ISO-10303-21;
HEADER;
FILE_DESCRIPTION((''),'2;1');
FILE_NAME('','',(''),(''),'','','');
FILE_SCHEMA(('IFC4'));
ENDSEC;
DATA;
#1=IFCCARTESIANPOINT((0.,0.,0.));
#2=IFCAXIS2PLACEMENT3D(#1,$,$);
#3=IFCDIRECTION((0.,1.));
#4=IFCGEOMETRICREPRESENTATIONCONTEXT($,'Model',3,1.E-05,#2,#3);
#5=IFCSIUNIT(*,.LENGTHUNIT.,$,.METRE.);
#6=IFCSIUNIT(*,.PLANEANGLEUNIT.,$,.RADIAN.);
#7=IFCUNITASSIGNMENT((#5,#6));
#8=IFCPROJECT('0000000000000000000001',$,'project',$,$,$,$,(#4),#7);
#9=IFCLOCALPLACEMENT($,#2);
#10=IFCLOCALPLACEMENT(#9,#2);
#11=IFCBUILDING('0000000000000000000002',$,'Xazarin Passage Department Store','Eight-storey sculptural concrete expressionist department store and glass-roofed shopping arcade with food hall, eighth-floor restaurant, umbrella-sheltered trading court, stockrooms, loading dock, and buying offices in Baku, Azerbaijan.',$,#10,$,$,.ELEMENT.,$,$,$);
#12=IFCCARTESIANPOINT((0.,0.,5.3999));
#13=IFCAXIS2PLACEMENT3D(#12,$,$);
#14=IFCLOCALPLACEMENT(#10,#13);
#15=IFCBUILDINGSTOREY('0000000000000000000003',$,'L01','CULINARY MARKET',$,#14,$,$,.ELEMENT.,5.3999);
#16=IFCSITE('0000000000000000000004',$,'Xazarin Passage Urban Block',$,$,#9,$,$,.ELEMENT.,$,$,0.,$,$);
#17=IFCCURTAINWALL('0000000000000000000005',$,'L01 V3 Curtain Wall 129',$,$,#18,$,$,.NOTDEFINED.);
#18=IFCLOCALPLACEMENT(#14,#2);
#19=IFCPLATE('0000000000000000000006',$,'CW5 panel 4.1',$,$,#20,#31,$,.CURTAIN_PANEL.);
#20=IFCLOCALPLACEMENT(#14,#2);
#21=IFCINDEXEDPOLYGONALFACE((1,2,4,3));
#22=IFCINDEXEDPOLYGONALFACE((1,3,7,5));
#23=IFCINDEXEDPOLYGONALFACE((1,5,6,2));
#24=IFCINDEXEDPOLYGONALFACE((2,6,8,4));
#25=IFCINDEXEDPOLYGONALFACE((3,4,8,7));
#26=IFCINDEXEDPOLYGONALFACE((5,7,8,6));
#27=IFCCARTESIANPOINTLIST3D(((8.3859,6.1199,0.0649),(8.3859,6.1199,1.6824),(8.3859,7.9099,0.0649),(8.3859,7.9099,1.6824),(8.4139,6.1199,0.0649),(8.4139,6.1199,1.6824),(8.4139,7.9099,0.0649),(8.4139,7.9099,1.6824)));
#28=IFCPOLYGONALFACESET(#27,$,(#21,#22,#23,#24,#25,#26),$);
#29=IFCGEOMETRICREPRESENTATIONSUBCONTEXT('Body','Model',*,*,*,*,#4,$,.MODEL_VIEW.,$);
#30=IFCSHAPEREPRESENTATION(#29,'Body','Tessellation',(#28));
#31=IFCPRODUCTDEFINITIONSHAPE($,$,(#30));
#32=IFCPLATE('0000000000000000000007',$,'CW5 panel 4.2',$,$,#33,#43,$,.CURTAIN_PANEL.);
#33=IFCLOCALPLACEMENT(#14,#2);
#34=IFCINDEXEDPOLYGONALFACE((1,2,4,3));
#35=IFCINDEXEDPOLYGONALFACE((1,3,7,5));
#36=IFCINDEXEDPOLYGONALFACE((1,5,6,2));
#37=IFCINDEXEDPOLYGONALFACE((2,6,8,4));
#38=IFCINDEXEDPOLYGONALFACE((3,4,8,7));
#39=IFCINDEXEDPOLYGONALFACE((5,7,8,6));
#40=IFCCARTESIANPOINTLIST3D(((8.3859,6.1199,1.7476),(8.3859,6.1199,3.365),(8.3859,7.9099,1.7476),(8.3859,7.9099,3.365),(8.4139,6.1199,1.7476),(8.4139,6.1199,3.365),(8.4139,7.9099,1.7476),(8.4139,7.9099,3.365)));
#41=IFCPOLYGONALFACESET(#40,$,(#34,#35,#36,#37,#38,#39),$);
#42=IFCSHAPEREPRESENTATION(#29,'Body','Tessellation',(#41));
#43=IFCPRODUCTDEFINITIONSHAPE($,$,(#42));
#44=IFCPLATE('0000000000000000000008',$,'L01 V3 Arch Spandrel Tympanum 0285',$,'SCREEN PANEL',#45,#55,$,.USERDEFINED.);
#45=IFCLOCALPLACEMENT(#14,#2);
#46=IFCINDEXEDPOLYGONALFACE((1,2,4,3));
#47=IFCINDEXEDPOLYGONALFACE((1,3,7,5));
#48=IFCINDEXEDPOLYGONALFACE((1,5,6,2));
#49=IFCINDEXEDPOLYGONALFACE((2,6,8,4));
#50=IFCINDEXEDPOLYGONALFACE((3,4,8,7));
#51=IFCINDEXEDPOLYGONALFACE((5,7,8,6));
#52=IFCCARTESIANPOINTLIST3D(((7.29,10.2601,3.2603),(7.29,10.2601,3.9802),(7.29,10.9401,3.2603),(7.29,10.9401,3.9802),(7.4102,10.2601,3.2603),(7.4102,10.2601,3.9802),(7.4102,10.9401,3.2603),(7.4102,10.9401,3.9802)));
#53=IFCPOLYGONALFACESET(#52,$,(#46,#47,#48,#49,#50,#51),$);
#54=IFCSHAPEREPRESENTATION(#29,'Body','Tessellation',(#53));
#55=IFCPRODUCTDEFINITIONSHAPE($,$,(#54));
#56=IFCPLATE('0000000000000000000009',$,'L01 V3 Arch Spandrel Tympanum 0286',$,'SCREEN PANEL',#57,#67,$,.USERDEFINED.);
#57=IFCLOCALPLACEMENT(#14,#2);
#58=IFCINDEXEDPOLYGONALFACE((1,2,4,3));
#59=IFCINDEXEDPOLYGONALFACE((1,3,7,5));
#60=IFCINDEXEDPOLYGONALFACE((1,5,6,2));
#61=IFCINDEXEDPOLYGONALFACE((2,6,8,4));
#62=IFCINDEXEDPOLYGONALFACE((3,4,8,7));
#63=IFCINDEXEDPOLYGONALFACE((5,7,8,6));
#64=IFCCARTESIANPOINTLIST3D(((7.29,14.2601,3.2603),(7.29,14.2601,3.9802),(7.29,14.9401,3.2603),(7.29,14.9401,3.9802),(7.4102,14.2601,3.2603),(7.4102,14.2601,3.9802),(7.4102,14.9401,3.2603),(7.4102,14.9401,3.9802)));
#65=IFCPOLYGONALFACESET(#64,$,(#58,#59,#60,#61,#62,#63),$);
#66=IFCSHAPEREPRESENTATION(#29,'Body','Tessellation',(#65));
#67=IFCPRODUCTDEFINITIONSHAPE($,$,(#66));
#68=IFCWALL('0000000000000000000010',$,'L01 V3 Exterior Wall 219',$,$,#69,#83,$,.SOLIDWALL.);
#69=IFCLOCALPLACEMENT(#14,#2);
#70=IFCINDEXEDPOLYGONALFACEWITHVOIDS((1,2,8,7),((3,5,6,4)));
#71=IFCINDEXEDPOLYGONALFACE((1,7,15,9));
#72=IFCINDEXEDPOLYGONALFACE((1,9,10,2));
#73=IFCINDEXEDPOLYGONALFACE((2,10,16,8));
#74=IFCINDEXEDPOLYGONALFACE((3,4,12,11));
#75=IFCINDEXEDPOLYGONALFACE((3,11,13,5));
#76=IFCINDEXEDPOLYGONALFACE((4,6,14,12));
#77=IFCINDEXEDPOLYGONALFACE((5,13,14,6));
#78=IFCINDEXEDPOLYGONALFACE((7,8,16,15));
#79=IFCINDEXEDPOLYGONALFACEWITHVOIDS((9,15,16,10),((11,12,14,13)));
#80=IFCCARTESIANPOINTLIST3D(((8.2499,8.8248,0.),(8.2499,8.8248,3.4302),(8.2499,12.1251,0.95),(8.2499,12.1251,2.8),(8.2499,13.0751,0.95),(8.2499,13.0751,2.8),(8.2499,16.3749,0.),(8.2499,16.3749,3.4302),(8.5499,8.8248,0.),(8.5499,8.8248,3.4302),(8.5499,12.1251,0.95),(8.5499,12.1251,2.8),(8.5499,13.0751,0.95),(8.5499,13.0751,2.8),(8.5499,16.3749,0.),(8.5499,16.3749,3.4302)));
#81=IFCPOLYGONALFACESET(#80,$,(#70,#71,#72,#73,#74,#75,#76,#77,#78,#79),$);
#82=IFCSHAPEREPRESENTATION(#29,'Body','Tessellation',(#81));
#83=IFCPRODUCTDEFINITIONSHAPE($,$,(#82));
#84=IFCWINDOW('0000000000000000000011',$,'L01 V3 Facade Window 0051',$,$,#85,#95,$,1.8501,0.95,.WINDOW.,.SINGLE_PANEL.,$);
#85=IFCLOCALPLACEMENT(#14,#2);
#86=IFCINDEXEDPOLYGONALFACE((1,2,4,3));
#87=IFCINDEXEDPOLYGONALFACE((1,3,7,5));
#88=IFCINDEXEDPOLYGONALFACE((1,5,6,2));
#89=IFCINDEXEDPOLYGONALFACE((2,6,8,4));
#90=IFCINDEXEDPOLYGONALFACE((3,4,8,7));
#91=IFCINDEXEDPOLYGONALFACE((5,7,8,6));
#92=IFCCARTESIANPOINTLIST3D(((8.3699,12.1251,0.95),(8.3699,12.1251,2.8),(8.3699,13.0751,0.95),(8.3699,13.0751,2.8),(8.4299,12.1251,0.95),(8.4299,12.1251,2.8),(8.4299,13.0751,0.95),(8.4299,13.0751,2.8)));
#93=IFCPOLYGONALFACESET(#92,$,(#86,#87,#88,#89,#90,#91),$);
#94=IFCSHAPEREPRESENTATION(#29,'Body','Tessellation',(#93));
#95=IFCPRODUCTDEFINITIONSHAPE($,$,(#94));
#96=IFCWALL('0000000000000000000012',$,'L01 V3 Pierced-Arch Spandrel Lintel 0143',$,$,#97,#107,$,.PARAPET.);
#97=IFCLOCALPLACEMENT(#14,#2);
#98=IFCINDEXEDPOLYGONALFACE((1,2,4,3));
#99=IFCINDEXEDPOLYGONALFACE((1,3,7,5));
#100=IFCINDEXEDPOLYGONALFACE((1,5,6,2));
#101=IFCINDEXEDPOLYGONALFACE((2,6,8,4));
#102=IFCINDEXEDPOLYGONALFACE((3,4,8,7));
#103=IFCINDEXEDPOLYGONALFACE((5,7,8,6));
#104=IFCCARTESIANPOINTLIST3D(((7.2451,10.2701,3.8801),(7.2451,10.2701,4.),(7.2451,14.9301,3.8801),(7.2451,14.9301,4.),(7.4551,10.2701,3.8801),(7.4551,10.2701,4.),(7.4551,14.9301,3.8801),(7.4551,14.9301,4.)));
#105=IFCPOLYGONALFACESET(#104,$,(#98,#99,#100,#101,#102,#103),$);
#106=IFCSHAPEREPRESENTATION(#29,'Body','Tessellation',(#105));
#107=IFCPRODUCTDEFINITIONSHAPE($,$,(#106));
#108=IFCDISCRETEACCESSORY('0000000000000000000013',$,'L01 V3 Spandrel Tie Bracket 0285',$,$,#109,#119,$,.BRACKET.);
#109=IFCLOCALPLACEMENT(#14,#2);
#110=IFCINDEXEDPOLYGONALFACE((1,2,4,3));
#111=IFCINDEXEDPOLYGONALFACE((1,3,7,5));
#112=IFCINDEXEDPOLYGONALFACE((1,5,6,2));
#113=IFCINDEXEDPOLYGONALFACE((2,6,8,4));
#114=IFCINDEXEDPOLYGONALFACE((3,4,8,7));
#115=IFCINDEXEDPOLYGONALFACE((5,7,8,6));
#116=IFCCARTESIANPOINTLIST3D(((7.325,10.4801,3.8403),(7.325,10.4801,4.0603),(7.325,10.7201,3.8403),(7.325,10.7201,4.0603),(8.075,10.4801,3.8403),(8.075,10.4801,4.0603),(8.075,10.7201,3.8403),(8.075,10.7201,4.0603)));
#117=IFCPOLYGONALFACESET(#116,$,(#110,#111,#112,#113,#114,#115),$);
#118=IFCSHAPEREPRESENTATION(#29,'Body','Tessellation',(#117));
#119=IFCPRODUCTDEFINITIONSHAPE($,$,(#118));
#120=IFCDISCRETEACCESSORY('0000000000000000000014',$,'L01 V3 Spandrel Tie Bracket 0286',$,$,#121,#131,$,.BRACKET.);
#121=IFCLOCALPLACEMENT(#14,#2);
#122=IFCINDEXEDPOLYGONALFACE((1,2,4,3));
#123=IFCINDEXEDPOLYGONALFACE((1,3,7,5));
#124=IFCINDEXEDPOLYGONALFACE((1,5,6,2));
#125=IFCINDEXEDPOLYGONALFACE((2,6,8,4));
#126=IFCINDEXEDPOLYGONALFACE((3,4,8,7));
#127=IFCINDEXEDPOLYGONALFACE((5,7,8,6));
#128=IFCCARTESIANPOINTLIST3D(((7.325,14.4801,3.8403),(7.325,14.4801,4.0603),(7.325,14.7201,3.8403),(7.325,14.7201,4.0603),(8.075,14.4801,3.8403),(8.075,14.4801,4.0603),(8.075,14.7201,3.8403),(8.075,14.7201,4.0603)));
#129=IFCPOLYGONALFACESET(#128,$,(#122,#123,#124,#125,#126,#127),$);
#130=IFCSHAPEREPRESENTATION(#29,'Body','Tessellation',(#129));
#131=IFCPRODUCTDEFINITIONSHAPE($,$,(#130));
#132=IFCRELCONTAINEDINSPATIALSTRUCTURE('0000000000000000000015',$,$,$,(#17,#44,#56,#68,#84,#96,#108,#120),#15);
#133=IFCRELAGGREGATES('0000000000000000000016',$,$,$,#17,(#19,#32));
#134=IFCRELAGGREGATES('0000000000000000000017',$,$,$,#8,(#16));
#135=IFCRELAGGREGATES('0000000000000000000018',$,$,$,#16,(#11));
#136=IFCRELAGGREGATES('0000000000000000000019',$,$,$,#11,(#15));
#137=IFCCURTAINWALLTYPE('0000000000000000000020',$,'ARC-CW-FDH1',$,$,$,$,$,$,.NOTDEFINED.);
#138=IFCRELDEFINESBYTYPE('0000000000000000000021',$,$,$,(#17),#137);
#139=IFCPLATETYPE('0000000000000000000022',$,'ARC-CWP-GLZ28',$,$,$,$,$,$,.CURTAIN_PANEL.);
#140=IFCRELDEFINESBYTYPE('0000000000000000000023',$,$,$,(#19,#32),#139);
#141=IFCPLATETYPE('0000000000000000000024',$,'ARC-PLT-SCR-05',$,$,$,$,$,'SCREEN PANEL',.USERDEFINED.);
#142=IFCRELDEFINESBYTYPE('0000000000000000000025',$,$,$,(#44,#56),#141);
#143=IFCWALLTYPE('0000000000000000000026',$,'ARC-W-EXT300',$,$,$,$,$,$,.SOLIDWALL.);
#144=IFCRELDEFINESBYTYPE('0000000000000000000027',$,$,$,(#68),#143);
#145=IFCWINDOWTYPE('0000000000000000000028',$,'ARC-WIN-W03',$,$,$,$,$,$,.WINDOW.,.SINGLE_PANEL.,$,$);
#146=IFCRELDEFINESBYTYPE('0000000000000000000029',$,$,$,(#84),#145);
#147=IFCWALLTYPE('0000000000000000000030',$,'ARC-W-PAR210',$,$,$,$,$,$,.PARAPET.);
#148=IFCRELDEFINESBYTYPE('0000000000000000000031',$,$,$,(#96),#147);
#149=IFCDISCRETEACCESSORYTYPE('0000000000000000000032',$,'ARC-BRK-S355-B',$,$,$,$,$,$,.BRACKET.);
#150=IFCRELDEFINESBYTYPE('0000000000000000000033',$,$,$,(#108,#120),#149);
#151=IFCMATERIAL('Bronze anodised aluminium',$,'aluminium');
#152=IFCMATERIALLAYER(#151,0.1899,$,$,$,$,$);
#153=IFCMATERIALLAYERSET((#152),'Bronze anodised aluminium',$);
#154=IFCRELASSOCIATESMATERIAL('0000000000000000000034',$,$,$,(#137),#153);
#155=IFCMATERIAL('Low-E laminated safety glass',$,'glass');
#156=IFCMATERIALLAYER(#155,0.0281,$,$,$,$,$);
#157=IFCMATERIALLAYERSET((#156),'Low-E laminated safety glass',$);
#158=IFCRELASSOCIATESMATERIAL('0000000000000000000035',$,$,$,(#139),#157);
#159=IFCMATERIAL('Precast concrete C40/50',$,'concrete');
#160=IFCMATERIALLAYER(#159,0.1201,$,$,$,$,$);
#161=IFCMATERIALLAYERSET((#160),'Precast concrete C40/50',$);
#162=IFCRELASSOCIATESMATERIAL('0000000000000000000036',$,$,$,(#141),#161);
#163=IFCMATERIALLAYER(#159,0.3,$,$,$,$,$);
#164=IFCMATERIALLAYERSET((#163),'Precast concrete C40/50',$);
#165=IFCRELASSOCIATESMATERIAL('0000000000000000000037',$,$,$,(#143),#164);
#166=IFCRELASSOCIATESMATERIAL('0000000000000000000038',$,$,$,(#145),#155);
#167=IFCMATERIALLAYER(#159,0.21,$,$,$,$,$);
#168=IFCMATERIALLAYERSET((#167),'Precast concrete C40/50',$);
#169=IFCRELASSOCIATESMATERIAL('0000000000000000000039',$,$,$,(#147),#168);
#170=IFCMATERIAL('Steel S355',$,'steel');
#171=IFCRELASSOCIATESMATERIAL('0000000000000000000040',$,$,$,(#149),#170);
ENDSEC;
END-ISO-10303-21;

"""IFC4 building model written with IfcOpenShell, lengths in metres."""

from ifc_helpers import new_model, si_unit, direction, frame, frame_2d, origin, origin_2d, place, context, subcontext, project, spatial, rectangle, extrude, material, layer, layer_set, type_object, element, fill, aggregate, save


model = new_model("IFC4")

# Units and contexts
model_context = context("Model", 3, precision=1e-05, world=origin(), true_north=direction((0.0, 1.0)))
body_context = subcontext(model_context, "Body", "Model", "MODEL_VIEW")
ifc_project = project(units=[si_unit("LENGTHUNIT", "METRE"), si_unit("PLANEANGLEUNIT", "RADIAN")], contexts=[model_context])

# Site, building, storey
site_placement = place(None, origin())
site = spatial("IfcSite", under=ifc_project, at=site_placement, Name="Xazarin Passage Urban Block", CompositionType="ELEMENT", RefElevation=0.0)
building_placement = place(site_placement, origin())
building = spatial("IfcBuilding", under=site, at=building_placement, Name="Xazarin Passage Department Store", Description="Eight-storey sculptural concrete expressionist department store and glass-roofed shopping arcade with food hall, eighth-floor restaurant, umbrella-sheltered trading court, stockrooms, loading dock, and buying offices in Baku, Azerbaijan.", CompositionType="ELEMENT")
storey_placement = place(building_placement, frame((0.0, 0.0, 5.3999)))
storey = spatial("IfcBuildingStorey", under=building, at=storey_placement, Name="L01", Description="CULINARY MARKET", CompositionType="ELEMENT", Elevation=5.3999)

# Curtain wall
ifc_material_1 = material(Name="Bronze anodised aluminium", Category="aluminium")
ifc_layer_1 = layer(ifc_material_1, 0.1899)
ifc_layer_set_1 = layer_set([ifc_layer_1], Name="Bronze anodised aluminium")
curtain_wall_type = type_object("IfcCurtainWallType", Name="ARC-CW-FDH1", PredefinedType="NOTDEFINED", material=ifc_layer_set_1)
curtain_wall_placement = place(storey_placement, origin())
curtain_wall = element("IfcCurtainWall", 1, at=curtain_wall_placement, inside=storey, type_object=curtain_wall_type, Name="L01 V3 Curtain Wall 129", PredefinedType="NOTDEFINED")

# Plates
ifc_material_2 = material(Name="Low-E laminated safety glass", Category="glass")
ifc_layer_2 = layer(ifc_material_2, 0.0281)
ifc_layer_set_2 = layer_set([ifc_layer_2], Name="Low-E laminated safety glass")
plate_type_1 = type_object("IfcPlateType", Name="ARC-CWP-GLZ28", PredefinedType="CURTAIN_PANEL", material=ifc_layer_set_2)
plate_1_placement = place(storey_placement, frame((8.3999, 7.0149, 0.0649), z_axis=(0.0, 0.0, 1.0), x_axis=(0.0, 1.0, 0.0)))
plate_1 = element("IfcPlate", 2, at=plate_1_placement, type_object=plate_type_1, Name="CW5 panel 4.1", PredefinedType="CURTAIN_PANEL", context=body_context, shape_type="SweptSolid", body=[
    extrude(rectangle(XDim=1.79, YDim=0.0281, at=origin_2d()), origin(), (0.0, 0.0, 1.0), 1.6174),
])
plate_2_placement = place(storey_placement, frame((8.3999, 7.0149, 1.7476), z_axis=(0.0, 0.0, 1.0), x_axis=(0.0, 1.0, 0.0)))
plate_2 = element("IfcPlate", 3, at=plate_2_placement, type_object=plate_type_1, Name="CW5 panel 4.2", PredefinedType="CURTAIN_PANEL", context=body_context, shape_type="SweptSolid", body=[
    extrude(rectangle(XDim=1.79, YDim=0.0281, at=origin_2d()), origin(), (0.0, 0.0, 1.0), 1.6174),
])
aggregate(curtain_wall, [plate_1, plate_2])

# Plates
ifc_material_3 = material(Name="Precast concrete C40/50", Category="concrete")
ifc_layer_3 = layer(ifc_material_3, 0.1201)
ifc_layer_set_3 = layer_set([ifc_layer_3], Name="Precast concrete C40/50")
plate_type_2 = type_object("IfcPlateType", Name="ARC-PLT-SCR-05", ElementType="SCREEN PANEL", PredefinedType="USERDEFINED", material=ifc_layer_set_3)
for number, where, z_axis, x_axis, name in (
    (4, (7.3501, 10.6001, 3.2603), (0.0, 0.0, 1.0), (0.0, 1.0, 0.0), "L01 V3 Arch Spandrel Tympanum 0285"),
    (5, (7.3501, 14.6001, 3.2603), (0.0, 0.0, 1.0), (0.0, 1.0, 0.0), "L01 V3 Arch Spandrel Tympanum 0286"),
):
    element("IfcPlate", number, at=place(storey_placement, frame(where, z_axis=z_axis, x_axis=x_axis)), inside=storey, type_object=plate_type_2, Name=name, ObjectType="SCREEN PANEL", PredefinedType="USERDEFINED", context=body_context, shape_type="SweptSolid", body=[
        extrude(rectangle(XDim=0.6799, YDim=0.1201, at=origin_2d()), origin(), (0.0, 0.0, 1.0), 0.72),
    ])

# Wall, opening, window
ifc_layer_4 = layer(ifc_material_3, 0.3)
ifc_layer_set_4 = layer_set([ifc_layer_4], Name="Precast concrete C40/50")
wall_type_1 = type_object("IfcWallType", Name="ARC-W-EXT300", PredefinedType="SOLIDWALL", material=ifc_layer_set_4)
wall_1_placement = place(storey_placement, frame((8.3999, 8.825, 0.0), z_axis=(0.0, 0.0, 1.0), x_axis=(0.0, 1.0, 0.0)))
wall_1 = element("IfcWall", 6, at=wall_1_placement, inside=storey, type_object=wall_type_1, Name="L01 V3 Exterior Wall 219", PredefinedType="SOLIDWALL", context=body_context, shape_type="SweptSolid", body=[
    extrude(rectangle(XDim=7.55, YDim=0.3, at=frame_2d((3.7749, 0.0))), origin(), (0.0, 0.0, 1.0), 3.4302),
])
opening_placement = place(wall_1_placement, frame((3.3, 0.0, 0.95)))
opening = element("IfcOpeningElement", 7, at=opening_placement, cuts=wall_1, PredefinedType="OPENING", context=body_context, shape_type="SweptSolid", body=[
    extrude(rectangle(XDim=0.95, YDim=1.8501, at=frame_2d((0.4751, 0.925))), frame((0.0, 0.1599, 0.0), z_axis=(0.0, -1.0, 0.0), x_axis=(1.0, 0.0, 0.0)), (0.0, 0.0, 1.0), 0.3201),
])
window_type = type_object("IfcWindowType", Name="ARC-WIN-W03", PartitioningType="SINGLE_PANEL", PredefinedType="WINDOW", material=ifc_material_2)
window_placement = place(opening_placement, origin())
window = element("IfcWindow", 8, at=window_placement, inside=storey, type_object=window_type, Name="L01 V3 Facade Window 0051", OverallHeight=1.8501, OverallWidth=0.95, PartitioningType="SINGLE_PANEL", PredefinedType="WINDOW", context=body_context, shape_type="SweptSolid", body=[
    extrude(rectangle(XDim=0.95, YDim=1.8501, at=frame_2d((0.4751, 0.925))), frame((0.0, 0.03, 0.0), z_axis=(0.0, -1.0, 0.0), x_axis=(1.0, 0.0, 0.0)), (0.0, 0.0, 1.0), 0.0601),
])
fill(opening, window)

# Wall
ifc_layer_5 = layer(ifc_material_3, 0.21)
ifc_layer_set_5 = layer_set([ifc_layer_5], Name="Precast concrete C40/50")
wall_type_2 = type_object("IfcWallType", Name="ARC-W-PAR210", PredefinedType="PARAPET", material=ifc_layer_set_5)
wall_2_placement = place(storey_placement, frame((7.3501, 10.27, 3.8801), z_axis=(0.0, 0.0, 1.0), x_axis=(0.0, 1.0, 0.0)))
element("IfcWall", 9, at=wall_2_placement, inside=storey, type_object=wall_type_2, Name="L01 V3 Pierced-Arch Spandrel Lintel 0143", PredefinedType="PARAPET", context=body_context, shape_type="SweptSolid", body=[
    extrude(rectangle(XDim=4.6599, YDim=0.21, at=frame_2d((2.3301, 0.0))), origin(), (0.0, 0.0, 1.0), 0.1199),
])

# Discrete accessories
ifc_material_4 = material(Name="Steel S355", Category="steel")
discrete_accessory_type = type_object("IfcDiscreteAccessoryType", Name="ARC-BRK-S355-B", PredefinedType="BRACKET", material=ifc_material_4)
for number, where, z_axis, x_axis, name in (
    (10, (7.7, 10.6001, 3.8403), (0.0, 0.0, 1.0), (0.0, 1.0, 0.0), "L01 V3 Spandrel Tie Bracket 0285"),
    (11, (7.7, 14.6001, 3.8403), (0.0, 0.0, 1.0), (0.0, 1.0, 0.0), "L01 V3 Spandrel Tie Bracket 0286"),
):
    element("IfcDiscreteAccessory", number, at=place(storey_placement, frame(where, z_axis=z_axis, x_axis=x_axis)), inside=storey, type_object=discrete_accessory_type, Name=name, PredefinedType="BRACKET", context=body_context, shape_type="SweptSolid", body=[
        extrude(rectangle(XDim=0.24, YDim=0.75, at=origin_2d()), origin(), (0.0, 0.0, 1.0), 0.22),
    ])

save(model, "model.ifc")
